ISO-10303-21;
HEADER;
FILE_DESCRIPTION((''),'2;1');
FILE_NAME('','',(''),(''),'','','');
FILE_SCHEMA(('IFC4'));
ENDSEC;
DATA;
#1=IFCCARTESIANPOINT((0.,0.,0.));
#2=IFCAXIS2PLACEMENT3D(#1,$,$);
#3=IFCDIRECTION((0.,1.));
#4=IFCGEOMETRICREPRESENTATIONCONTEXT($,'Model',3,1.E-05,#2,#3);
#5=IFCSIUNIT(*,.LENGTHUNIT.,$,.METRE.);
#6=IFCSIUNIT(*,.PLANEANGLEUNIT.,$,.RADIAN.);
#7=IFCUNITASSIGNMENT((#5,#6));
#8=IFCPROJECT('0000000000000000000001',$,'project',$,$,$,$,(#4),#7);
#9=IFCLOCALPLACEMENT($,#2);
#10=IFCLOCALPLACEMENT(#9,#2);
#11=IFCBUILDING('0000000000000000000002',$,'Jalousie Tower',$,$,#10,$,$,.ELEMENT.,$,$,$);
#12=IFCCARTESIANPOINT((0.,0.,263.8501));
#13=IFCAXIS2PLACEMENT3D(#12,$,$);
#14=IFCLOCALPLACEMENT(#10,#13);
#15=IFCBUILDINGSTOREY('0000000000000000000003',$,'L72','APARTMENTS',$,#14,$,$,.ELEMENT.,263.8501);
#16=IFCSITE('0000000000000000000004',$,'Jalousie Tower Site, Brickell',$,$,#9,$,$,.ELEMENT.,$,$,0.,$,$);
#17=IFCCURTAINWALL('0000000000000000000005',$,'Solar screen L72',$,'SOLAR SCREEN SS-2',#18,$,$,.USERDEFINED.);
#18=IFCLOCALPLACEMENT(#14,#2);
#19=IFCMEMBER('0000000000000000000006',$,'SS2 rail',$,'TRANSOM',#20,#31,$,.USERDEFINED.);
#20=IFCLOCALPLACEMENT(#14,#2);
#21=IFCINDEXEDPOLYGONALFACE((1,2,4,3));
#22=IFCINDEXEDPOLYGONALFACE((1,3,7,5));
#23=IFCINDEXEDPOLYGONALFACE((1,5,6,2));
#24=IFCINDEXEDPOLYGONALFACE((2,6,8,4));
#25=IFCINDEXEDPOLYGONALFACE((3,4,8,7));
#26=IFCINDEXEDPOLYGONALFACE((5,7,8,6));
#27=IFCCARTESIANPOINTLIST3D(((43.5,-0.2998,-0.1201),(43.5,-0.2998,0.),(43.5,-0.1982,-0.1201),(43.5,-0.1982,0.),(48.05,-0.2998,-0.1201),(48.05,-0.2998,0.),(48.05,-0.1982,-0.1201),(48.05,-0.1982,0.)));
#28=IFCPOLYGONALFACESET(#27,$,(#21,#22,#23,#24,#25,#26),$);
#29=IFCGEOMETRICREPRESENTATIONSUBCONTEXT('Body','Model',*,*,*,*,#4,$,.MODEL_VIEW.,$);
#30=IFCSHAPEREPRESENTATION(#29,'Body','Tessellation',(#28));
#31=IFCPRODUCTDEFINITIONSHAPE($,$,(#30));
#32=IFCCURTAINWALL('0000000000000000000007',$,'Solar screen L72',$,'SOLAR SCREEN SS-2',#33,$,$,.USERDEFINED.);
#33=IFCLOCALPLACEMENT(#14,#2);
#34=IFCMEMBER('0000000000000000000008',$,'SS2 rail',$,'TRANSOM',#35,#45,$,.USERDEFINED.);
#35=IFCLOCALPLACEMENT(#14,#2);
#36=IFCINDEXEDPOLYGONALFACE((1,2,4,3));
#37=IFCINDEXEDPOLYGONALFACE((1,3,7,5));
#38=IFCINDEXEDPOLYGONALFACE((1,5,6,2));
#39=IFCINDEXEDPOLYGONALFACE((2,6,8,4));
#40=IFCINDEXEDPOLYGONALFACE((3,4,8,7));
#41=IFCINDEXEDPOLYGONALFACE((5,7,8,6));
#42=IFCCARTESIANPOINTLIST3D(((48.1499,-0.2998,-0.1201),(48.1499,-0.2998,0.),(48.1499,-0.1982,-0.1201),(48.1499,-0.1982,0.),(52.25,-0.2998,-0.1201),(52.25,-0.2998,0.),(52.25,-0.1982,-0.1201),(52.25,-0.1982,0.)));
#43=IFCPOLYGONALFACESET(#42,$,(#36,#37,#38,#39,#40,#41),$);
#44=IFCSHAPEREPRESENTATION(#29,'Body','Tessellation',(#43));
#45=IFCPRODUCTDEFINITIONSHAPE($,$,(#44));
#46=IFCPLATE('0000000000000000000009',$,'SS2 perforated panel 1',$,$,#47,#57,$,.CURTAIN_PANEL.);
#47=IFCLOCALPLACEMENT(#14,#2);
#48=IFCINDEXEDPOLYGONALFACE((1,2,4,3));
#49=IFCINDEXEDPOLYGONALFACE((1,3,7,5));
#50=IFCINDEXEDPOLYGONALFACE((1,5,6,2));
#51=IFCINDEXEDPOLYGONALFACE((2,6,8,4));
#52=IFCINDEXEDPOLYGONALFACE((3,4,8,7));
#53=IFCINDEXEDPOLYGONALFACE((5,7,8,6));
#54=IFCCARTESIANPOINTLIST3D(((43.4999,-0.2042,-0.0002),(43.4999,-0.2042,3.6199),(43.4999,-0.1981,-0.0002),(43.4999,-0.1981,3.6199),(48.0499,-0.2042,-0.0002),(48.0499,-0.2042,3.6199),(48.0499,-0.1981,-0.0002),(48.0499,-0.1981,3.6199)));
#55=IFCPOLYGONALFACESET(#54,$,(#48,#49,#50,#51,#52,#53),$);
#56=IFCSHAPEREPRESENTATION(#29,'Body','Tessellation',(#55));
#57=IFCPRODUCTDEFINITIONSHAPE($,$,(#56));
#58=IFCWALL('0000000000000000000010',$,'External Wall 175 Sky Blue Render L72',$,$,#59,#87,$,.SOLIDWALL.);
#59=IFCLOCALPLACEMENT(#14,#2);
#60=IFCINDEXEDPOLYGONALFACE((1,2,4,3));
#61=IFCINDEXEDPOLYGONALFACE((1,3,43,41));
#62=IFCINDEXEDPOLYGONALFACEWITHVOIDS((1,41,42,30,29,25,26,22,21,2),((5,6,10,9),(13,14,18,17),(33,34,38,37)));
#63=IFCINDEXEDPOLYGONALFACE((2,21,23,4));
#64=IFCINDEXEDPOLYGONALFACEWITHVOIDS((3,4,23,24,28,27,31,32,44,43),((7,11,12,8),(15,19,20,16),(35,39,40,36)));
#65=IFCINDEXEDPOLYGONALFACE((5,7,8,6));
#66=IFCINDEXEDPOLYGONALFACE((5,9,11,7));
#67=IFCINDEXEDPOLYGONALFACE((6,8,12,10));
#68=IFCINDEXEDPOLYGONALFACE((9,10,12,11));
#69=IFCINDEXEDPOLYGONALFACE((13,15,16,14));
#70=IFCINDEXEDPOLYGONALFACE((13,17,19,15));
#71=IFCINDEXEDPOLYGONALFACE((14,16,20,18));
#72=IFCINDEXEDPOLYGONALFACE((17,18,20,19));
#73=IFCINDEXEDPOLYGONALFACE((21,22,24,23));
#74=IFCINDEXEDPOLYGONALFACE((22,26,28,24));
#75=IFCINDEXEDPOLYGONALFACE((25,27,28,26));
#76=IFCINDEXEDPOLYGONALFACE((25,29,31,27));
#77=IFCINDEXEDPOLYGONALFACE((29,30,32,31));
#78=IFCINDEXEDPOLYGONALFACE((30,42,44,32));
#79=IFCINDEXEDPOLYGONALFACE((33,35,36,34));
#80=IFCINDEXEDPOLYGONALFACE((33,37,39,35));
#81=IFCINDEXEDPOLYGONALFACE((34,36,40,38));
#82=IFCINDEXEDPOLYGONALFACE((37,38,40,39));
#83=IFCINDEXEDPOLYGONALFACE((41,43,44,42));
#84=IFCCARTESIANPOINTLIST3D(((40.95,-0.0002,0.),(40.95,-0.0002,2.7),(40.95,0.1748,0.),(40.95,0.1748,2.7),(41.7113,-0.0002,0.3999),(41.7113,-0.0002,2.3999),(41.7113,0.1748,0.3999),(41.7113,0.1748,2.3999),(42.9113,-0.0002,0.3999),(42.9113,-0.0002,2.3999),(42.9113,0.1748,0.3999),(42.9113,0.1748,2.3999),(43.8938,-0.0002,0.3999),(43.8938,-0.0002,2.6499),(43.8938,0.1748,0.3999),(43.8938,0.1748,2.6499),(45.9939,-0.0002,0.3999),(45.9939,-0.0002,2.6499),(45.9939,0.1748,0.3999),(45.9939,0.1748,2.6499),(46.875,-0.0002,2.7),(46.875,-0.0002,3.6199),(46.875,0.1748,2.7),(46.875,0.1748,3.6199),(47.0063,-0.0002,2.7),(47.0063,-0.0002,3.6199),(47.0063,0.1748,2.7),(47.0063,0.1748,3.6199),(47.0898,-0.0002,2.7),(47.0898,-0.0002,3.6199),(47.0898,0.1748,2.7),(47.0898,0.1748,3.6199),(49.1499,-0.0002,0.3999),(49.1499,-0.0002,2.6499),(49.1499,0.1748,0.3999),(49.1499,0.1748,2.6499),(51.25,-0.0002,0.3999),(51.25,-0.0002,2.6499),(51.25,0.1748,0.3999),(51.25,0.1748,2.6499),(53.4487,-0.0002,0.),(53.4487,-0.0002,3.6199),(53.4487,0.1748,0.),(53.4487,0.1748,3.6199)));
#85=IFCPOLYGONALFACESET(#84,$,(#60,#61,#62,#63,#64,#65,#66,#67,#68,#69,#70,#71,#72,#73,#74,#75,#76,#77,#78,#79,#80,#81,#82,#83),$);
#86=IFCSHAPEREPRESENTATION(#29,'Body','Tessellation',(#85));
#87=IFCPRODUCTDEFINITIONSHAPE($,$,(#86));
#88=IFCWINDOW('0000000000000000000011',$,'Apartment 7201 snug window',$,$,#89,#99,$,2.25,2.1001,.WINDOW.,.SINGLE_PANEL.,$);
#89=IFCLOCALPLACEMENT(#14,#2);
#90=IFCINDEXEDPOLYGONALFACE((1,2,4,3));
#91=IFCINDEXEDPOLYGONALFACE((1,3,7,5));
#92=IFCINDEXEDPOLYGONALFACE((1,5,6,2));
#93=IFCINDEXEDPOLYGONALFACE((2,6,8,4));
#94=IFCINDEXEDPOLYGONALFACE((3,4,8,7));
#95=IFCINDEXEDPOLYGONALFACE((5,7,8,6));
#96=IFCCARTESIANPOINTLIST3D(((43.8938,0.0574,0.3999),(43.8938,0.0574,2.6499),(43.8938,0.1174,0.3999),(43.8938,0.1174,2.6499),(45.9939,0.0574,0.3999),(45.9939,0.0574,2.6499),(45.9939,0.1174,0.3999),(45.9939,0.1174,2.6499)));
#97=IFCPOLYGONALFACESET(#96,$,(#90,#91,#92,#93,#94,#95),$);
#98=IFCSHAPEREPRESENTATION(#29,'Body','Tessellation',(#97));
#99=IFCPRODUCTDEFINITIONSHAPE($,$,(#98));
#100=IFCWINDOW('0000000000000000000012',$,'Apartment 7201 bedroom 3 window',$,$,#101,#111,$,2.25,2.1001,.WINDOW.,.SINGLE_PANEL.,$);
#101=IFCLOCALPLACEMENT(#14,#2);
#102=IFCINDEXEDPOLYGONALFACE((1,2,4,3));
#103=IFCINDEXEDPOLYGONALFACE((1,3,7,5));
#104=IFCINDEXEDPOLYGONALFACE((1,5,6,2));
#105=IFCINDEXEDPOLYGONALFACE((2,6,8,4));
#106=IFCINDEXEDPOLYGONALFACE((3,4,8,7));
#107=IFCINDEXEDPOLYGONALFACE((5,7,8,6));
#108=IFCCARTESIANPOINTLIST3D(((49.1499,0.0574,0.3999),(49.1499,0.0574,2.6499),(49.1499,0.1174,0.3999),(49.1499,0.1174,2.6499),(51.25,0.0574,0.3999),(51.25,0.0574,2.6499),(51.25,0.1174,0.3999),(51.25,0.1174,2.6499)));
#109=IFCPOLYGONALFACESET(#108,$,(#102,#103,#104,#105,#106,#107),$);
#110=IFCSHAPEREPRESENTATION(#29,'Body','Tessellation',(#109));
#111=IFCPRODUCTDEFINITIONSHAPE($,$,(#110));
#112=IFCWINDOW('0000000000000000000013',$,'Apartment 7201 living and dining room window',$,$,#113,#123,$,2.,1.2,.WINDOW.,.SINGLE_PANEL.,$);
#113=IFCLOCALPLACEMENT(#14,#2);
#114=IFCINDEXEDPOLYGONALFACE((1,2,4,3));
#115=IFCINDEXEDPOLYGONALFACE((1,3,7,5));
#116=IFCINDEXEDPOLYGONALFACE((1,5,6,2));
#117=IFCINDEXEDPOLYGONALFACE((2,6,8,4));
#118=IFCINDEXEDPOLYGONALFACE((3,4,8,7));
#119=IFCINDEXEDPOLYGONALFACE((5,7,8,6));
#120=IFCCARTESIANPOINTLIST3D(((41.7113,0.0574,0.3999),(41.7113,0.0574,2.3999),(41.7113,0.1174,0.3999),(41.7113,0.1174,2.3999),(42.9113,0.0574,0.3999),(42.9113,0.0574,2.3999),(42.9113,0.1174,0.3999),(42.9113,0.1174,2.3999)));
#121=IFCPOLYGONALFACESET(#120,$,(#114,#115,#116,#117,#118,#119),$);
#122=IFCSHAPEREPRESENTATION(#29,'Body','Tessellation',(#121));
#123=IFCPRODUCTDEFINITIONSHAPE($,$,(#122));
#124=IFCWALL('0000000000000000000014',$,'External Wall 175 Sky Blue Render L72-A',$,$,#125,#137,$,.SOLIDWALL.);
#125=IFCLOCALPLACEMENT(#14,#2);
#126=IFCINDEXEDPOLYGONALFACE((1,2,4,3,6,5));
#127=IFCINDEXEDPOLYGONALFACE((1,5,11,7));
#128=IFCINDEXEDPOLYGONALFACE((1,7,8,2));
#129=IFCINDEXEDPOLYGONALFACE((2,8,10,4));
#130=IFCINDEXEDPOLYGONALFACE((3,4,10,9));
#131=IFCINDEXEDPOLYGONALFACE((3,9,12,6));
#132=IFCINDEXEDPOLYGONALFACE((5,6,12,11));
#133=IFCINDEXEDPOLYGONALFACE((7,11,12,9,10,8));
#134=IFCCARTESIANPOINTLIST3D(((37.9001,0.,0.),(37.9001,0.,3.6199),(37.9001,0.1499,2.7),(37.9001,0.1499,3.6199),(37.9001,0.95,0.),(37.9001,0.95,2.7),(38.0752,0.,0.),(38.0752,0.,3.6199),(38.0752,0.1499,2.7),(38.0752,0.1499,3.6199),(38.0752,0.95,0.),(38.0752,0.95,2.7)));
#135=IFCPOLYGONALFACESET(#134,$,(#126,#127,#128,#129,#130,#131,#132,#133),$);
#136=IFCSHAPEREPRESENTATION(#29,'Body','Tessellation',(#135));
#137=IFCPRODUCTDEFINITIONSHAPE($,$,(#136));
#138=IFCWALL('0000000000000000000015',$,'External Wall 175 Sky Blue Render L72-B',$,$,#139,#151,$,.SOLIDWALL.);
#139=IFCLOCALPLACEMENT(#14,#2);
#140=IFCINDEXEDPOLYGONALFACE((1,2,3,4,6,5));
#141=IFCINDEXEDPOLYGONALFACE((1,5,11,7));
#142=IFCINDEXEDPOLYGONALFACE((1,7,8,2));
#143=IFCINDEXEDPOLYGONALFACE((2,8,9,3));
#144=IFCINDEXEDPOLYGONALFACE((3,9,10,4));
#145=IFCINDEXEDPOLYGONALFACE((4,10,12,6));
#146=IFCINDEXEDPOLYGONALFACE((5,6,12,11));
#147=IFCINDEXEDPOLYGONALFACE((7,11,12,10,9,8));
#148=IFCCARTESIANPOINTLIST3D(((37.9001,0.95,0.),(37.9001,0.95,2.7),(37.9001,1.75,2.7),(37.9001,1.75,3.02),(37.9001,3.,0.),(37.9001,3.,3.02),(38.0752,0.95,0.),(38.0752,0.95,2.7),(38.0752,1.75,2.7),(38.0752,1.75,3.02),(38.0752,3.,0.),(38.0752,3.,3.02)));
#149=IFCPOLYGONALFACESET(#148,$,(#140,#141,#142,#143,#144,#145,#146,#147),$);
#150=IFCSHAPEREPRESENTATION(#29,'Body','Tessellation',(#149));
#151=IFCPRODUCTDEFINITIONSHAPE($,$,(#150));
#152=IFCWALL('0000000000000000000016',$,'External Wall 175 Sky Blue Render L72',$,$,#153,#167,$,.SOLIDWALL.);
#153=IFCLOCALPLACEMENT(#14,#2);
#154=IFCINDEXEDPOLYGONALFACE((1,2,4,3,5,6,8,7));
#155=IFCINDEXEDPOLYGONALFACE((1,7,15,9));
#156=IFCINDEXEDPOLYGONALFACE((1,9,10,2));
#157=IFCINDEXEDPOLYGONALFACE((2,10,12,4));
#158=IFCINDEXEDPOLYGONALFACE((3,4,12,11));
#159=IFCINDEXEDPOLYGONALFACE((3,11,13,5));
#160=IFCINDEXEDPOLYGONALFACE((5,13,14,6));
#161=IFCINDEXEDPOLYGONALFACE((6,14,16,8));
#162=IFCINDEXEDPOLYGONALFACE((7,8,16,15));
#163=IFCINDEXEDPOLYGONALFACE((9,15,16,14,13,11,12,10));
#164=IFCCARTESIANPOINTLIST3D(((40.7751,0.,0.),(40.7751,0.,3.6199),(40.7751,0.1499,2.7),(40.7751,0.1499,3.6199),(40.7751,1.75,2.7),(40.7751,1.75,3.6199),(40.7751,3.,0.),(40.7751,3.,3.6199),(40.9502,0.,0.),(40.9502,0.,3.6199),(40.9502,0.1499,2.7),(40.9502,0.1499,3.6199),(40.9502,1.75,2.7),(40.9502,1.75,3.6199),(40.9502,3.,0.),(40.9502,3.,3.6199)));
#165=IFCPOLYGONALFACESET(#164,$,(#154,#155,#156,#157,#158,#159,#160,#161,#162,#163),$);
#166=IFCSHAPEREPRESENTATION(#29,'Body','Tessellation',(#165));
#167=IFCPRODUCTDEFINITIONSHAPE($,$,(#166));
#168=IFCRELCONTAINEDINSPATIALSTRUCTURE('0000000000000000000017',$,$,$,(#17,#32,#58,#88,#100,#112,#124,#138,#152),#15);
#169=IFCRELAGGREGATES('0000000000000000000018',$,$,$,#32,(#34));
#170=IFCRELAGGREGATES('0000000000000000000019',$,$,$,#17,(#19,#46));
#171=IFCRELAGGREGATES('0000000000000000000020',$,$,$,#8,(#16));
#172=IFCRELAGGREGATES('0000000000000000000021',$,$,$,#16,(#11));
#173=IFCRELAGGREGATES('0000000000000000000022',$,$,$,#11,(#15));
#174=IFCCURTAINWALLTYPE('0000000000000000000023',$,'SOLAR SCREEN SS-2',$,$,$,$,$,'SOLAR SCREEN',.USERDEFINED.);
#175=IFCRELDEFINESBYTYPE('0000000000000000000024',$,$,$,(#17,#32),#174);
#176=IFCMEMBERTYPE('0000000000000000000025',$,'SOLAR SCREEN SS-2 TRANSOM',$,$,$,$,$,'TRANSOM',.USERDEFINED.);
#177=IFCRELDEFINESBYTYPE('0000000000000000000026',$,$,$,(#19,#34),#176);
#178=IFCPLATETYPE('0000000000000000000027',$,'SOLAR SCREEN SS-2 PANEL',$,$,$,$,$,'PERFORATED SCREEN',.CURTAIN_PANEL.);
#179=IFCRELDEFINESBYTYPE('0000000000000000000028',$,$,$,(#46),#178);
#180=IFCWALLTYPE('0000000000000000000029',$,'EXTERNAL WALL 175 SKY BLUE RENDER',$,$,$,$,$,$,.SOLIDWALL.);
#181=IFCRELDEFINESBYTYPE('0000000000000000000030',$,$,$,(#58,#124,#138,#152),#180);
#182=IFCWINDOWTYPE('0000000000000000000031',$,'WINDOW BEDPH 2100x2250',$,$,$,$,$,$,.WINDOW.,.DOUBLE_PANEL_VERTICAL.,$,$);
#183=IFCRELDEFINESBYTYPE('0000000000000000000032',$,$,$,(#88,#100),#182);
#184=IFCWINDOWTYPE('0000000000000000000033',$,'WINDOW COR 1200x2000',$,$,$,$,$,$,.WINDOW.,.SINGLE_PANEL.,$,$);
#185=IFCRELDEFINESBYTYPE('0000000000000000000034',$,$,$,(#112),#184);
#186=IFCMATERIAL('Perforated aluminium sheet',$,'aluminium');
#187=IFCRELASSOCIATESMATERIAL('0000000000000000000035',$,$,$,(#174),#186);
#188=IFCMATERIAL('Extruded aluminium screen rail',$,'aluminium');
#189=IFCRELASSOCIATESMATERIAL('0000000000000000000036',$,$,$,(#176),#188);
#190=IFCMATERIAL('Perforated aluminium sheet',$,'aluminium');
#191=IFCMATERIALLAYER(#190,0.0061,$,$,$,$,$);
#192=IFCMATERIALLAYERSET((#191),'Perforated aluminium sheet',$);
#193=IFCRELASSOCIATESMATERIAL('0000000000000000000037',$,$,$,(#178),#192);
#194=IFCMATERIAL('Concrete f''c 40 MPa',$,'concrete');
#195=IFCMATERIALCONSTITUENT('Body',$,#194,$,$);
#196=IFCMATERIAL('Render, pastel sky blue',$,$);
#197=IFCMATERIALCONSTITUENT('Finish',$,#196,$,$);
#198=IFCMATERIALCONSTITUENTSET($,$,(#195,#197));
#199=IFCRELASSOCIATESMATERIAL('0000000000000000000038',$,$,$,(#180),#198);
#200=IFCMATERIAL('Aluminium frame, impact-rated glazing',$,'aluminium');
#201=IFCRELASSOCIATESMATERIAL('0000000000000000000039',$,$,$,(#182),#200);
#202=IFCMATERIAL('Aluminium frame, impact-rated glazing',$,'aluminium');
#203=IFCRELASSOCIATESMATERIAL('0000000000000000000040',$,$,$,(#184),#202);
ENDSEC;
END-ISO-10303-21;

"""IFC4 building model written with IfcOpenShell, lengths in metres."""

from ifc_helpers import new_model, si_unit, direction, frame, frame_2d, origin, origin_2d, place, context, subcontext, project, spatial, polyline, rectangle, outline, extrude, material, layer, layer_set, constituent, constituent_set, material_profile, profile_set, type_object, element, fill, aggregate, save


model = new_model("IFC4")

# Units and contexts
model_context = context("Model", 3, precision=1e-05, world=origin(), true_north=direction((0.0, 1.0)))
body_context = subcontext(model_context, "Body", "Model", "MODEL_VIEW")
ifc_project = project(units=[si_unit("LENGTHUNIT", "METRE"), si_unit("PLANEANGLEUNIT", "RADIAN")], contexts=[model_context])

# Site, building, storey
site_placement = place(None, origin())
site = spatial("IfcSite", under=ifc_project, at=site_placement, Name="Jalousie Tower Site, Brickell", CompositionType="ELEMENT", RefElevation=0.0)
building_placement = place(site_placement, origin())
building = spatial("IfcBuilding", under=site, at=building_placement, Name="Jalousie Tower", CompositionType="ELEMENT")
storey_placement = place(building_placement, frame((0.0, 0.0, 263.8501)))
storey = spatial("IfcBuildingStorey", under=building, at=storey_placement, Name="L72", Description="APARTMENTS", CompositionType="ELEMENT", Elevation=263.8501)

# Shared definitions
ifc_material_1 = material(Name="Perforated aluminium sheet", Category="aluminium")
curtain_wall_type = type_object("IfcCurtainWallType", Name="SOLAR SCREEN SS-2", ElementType="SOLAR SCREEN", PredefinedType="USERDEFINED", material=ifc_material_1)

# Curtain wall, member
curtain_wall_1_placement = place(storey_placement, origin())
curtain_wall_1 = element("IfcCurtainWall", 1, at=curtain_wall_1_placement, inside=storey, type_object=curtain_wall_type, Name="Solar screen L72", ObjectType="SOLAR SCREEN SS-2", PredefinedType="USERDEFINED")
ifc_material_2 = material(Name="Extruded aluminium screen rail", Category="aluminium")
ifc_material_profile_1 = material_profile(ifc_material_2, rectangle(XDim=0.1016, YDim=0.1201, at=origin_2d()), Name="RAIL 102x120")
ifc_profile_set_1 = profile_set([ifc_material_profile_1], Name="Extruded aluminium screen rail")
member_type_1 = type_object("IfcMemberType", Name="SOLAR SCREEN SS-2 TRANSOM", ElementType="TRANSOM", PredefinedType="USERDEFINED", material=ifc_profile_set_1)
member_1_placement = place(storey_placement, frame((43.5, -0.249, -0.0601), z_axis=(1.0, 0.0, 0.0), x_axis=(0.0, 1.0, 0.0)))
member_1 = element("IfcMember", 2, at=member_1_placement, type_object=member_type_1, Name="SS2 rail", ObjectType="TRANSOM", PredefinedType="USERDEFINED", context=body_context, shape_type="SweptSolid", body=[
    extrude(rectangle(XDim=0.1016, YDim=0.1201, at=origin_2d()), origin(), (0.0, 0.0, 1.0), 4.55),
])

# Curtain wall, member
curtain_wall_2_placement = place(storey_placement, origin())
curtain_wall_2 = element("IfcCurtainWall", 3, at=curtain_wall_2_placement, inside=storey, type_object=curtain_wall_type, Name="Solar screen L72", ObjectType="SOLAR SCREEN SS-2", PredefinedType="USERDEFINED")
member_2_placement = place(storey_placement, frame((48.1499, -0.249, -0.0601), z_axis=(1.0, 0.0, 0.0), x_axis=(0.0, 1.0, 0.0)))
member_2 = element("IfcMember", 4, at=member_2_placement, type_object=member_type_1, Name="SS2 rail", ObjectType="TRANSOM", PredefinedType="USERDEFINED", context=body_context, shape_type="SweptSolid", body=[
    extrude(rectangle(XDim=0.1016, YDim=0.1201, at=origin_2d()), origin(), (0.0, 0.0, 1.0), 4.1001),
])
aggregate(curtain_wall_2, [member_2])

# Plate
ifc_material_3 = material(Name="Perforated aluminium sheet", Category="aluminium")
ifc_layer = layer(ifc_material_3, 0.0061)
ifc_layer_set = layer_set([ifc_layer], Name="Perforated aluminium sheet")
plate_type = type_object("IfcPlateType", Name="SOLAR SCREEN SS-2 PANEL", ElementType="PERFORATED SCREEN", PredefinedType="CURTAIN_PANEL", material=ifc_layer_set)
plate_placement = place(storey_placement, frame((45.7749, -0.2012, -0.0002), z_axis=(0.0, 0.0, 1.0), x_axis=(1.0, 0.0, 0.0)))
plate = element("IfcPlate", 5, at=plate_placement, type_object=plate_type, Name="SS2 perforated panel 1", PredefinedType="CURTAIN_PANEL", context=body_context, shape_type="SweptSolid", body=[
    extrude(rectangle(XDim=4.55, YDim=0.0061, at=origin_2d()), origin(), (0.0, 0.0, 1.0), 3.6201),
])
aggregate(curtain_wall_1, [member_1, plate])

# Wall, openings, windows
ifc_material_4 = material(Name="Concrete f'c 40 MPa", Category="concrete")
ifc_constituent_1 = constituent(ifc_material_4, Name="Body")
ifc_material_5 = material(Name="Render, pastel sky blue")
ifc_constituent_2 = constituent(ifc_material_5, Name="Finish")
ifc_constituent_set_1 = constituent_set(constituents=[ifc_constituent_1, ifc_constituent_2])
wall_type_1 = type_object("IfcWallType", Name="EXTERNAL WALL 175 SKY BLUE RENDER", PredefinedType="SOLIDWALL", material=ifc_constituent_set_1)
wall_1_placement = place(storey_placement, frame((40.95, 0.0874, 0.0), z_axis=(0.0, 0.0, 1.0), x_axis=(1.0, 0.0, 0.0)))
wall_1 = element("IfcWall", 6, at=wall_1_placement, inside=storey, type_object=wall_type_1, Name="External Wall 175 Sky Blue Render L72", PredefinedType="SOLIDWALL", context=body_context, shape_type="SweptSolid", body=[
    extrude(outline(polyline([(0.0, 0.0), (12.4988, 0.0), (12.4988, 3.6199), (6.1399, 3.6199), (6.1399, 2.7), (6.0564, 2.7), (6.0564, 3.6199), (5.925, 3.6199), (5.925, 2.7), (0.0, 2.7), (0.0, 0.0)])), frame((0.0, 0.0874, 0.0), z_axis=(0.0, -1.0, 0.0), x_axis=(1.0, 0.0, 0.0)), (0.0, 0.0, 1.0), 0.175),
])
opening_1_placement = place(wall_1_placement, frame((0.7612, 0.0, 0.3999)))
opening_1 = element("IfcOpeningElement", 7, at=opening_1_placement, cuts=wall_1, PredefinedType="OPENING", context=body_context, shape_type="SweptSolid", body=[
    extrude(rectangle(XDim=1.2, YDim=2.0, at=frame_2d((0.6001, 1.0))), frame((0.0, 0.0974, 0.0), z_axis=(0.0, -1.0, 0.0), x_axis=(1.0, 0.0, 0.0)), (0.0, 0.0, 1.0), 0.1951),
])
opening_2_placement = place(wall_1_placement, frame((2.9438, 0.0, 0.3999)))
opening_2 = element("IfcOpeningElement", 8, at=opening_2_placement, cuts=wall_1, PredefinedType="OPENING", context=body_context, shape_type="SweptSolid", body=[
    extrude(rectangle(XDim=2.1001, YDim=2.25, at=frame_2d((1.05, 1.125))), frame((0.0, 0.0974, 0.0), z_axis=(0.0, -1.0, 0.0), x_axis=(1.0, 0.0, 0.0)), (0.0, 0.0, 1.0), 0.1951),
])
opening_3_placement = place(wall_1_placement, frame((8.2, 0.0, 0.3999)))
opening_3 = element("IfcOpeningElement", 9, at=opening_3_placement, cuts=wall_1, PredefinedType="OPENING", context=body_context, shape_type="SweptSolid", body=[
    extrude(rectangle(XDim=2.1001, YDim=2.25, at=frame_2d((1.05, 1.125))), frame((0.0, 0.0974, 0.0), z_axis=(0.0, -1.0, 0.0), x_axis=(1.0, 0.0, 0.0)), (0.0, 0.0, 1.0), 0.1951),
])
ifc_material_6 = material(Name="Aluminium frame, impact-rated glazing", Category="aluminium")
window_type_1 = type_object("IfcWindowType", Name="WINDOW BEDPH 2100x2250", PartitioningType="DOUBLE_PANEL_VERTICAL", PredefinedType="WINDOW", material=ifc_material_6)
window_1_placement = place(opening_2_placement, origin())
window_1 = element("IfcWindow", 10, at=window_1_placement, inside=storey, type_object=window_type_1, Name="Apartment 7201 snug window", OverallHeight=2.25, OverallWidth=2.1001, PartitioningType="SINGLE_PANEL", PredefinedType="WINDOW", context=body_context, shape_type="SweptSolid", body=[
    extrude(rectangle(XDim=2.1001, YDim=2.25, at=frame_2d((1.05, 1.125))), frame((0.0, 0.03, 0.0), z_axis=(0.0, -1.0, 0.0), x_axis=(1.0, 0.0, 0.0)), (0.0, 0.0, 1.0), 0.0601),
])
fill(opening_2, window_1)
window_2_placement = place(opening_3_placement, origin())
window_2 = element("IfcWindow", 11, at=window_2_placement, inside=storey, type_object=window_type_1, Name="Apartment 7201 bedroom 3 window", OverallHeight=2.25, OverallWidth=2.1001, PartitioningType="SINGLE_PANEL", PredefinedType="WINDOW", context=body_context, shape_type="SweptSolid", body=[
    extrude(rectangle(XDim=2.1001, YDim=2.25, at=frame_2d((1.05, 1.125))), frame((0.0, 0.03, 0.0), z_axis=(0.0, -1.0, 0.0), x_axis=(1.0, 0.0, 0.0)), (0.0, 0.0, 1.0), 0.0601),
])
fill(opening_3, window_2)
ifc_material_7 = material(Name="Aluminium frame, impact-rated glazing", Category="aluminium")
window_type_2 = type_object("IfcWindowType", Name="WINDOW COR 1200x2000", PartitioningType="SINGLE_PANEL", PredefinedType="WINDOW", material=ifc_material_7)
window_3_placement = place(opening_1_placement, origin())
window_3 = element("IfcWindow", 12, at=window_3_placement, inside=storey, type_object=window_type_2, Name="Apartment 7201 living and dining room window", OverallHeight=2.0, OverallWidth=1.2, PartitioningType="SINGLE_PANEL", PredefinedType="WINDOW", context=body_context, shape_type="SweptSolid", body=[
    extrude(rectangle(XDim=1.2, YDim=2.0, at=frame_2d((0.6001, 1.0))), frame((0.0, 0.03, 0.0), z_axis=(0.0, -1.0, 0.0), x_axis=(1.0, 0.0, 0.0)), (0.0, 0.0, 1.0), 0.0601),
])
fill(opening_1, window_3)

# Walls
wall_2_placement = place(storey_placement, frame((37.9875, 0.0, 0.0), z_axis=(0.0, 0.0, 1.0), x_axis=(0.0, 1.0, 0.0)))
element("IfcWall", 13, at=wall_2_placement, inside=storey, type_object=wall_type_1, Name="External Wall 175 Sky Blue Render L72-A", PredefinedType="SOLIDWALL", context=body_context, shape_type="SweptSolid", body=[
    extrude(outline(polyline([(0.0, 0.0), (0.95, 0.0), (0.95, 2.7), (0.1499, 2.7), (0.1499, 3.6199), (0.0, 3.6199), (0.0, 0.0)])), frame((0.0, 0.0874, 0.0), z_axis=(0.0, -1.0, 0.0), x_axis=(1.0, 0.0, 0.0)), (0.0, 0.0, 1.0), 0.175),
])
wall_3_placement = place(storey_placement, frame((37.9875, 0.95, 0.0), z_axis=(0.0, 0.0, 1.0), x_axis=(0.0, 1.0, 0.0)))
element("IfcWall", 14, at=wall_3_placement, inside=storey, type_object=wall_type_1, Name="External Wall 175 Sky Blue Render L72-B", PredefinedType="SOLIDWALL", context=body_context, shape_type="SweptSolid", body=[
    extrude(outline(polyline([(0.0, 0.0), (2.05, 0.0), (2.05, 3.02), (0.8, 3.02), (0.8, 2.7), (0.0, 2.7), (0.0, 0.0)])), frame((0.0, 0.0874, 0.0), z_axis=(0.0, -1.0, 0.0), x_axis=(1.0, 0.0, 0.0)), (0.0, 0.0, 1.0), 0.175),
])
wall_4_placement = place(storey_placement, frame((40.8625, 0.0, 0.0), z_axis=(0.0, 0.0, 1.0), x_axis=(0.0, 1.0, 0.0)))
element("IfcWall", 15, at=wall_4_placement, inside=storey, type_object=wall_type_1, Name="External Wall 175 Sky Blue Render L72", PredefinedType="SOLIDWALL", context=body_context, shape_type="SweptSolid", body=[
    extrude(outline(polyline([(0.0, 0.0), (3.0, 0.0), (3.0, 3.6199), (1.75, 3.6199), (1.75, 2.7), (0.1499, 2.7), (0.1499, 3.6199), (0.0, 3.6199), (0.0, 0.0)])), frame((0.0, 0.0874, 0.0), z_axis=(0.0, -1.0, 0.0), x_axis=(1.0, 0.0, 0.0)), (0.0, 0.0, 1.0), 0.175),
])

save(model, "model.ifc")
